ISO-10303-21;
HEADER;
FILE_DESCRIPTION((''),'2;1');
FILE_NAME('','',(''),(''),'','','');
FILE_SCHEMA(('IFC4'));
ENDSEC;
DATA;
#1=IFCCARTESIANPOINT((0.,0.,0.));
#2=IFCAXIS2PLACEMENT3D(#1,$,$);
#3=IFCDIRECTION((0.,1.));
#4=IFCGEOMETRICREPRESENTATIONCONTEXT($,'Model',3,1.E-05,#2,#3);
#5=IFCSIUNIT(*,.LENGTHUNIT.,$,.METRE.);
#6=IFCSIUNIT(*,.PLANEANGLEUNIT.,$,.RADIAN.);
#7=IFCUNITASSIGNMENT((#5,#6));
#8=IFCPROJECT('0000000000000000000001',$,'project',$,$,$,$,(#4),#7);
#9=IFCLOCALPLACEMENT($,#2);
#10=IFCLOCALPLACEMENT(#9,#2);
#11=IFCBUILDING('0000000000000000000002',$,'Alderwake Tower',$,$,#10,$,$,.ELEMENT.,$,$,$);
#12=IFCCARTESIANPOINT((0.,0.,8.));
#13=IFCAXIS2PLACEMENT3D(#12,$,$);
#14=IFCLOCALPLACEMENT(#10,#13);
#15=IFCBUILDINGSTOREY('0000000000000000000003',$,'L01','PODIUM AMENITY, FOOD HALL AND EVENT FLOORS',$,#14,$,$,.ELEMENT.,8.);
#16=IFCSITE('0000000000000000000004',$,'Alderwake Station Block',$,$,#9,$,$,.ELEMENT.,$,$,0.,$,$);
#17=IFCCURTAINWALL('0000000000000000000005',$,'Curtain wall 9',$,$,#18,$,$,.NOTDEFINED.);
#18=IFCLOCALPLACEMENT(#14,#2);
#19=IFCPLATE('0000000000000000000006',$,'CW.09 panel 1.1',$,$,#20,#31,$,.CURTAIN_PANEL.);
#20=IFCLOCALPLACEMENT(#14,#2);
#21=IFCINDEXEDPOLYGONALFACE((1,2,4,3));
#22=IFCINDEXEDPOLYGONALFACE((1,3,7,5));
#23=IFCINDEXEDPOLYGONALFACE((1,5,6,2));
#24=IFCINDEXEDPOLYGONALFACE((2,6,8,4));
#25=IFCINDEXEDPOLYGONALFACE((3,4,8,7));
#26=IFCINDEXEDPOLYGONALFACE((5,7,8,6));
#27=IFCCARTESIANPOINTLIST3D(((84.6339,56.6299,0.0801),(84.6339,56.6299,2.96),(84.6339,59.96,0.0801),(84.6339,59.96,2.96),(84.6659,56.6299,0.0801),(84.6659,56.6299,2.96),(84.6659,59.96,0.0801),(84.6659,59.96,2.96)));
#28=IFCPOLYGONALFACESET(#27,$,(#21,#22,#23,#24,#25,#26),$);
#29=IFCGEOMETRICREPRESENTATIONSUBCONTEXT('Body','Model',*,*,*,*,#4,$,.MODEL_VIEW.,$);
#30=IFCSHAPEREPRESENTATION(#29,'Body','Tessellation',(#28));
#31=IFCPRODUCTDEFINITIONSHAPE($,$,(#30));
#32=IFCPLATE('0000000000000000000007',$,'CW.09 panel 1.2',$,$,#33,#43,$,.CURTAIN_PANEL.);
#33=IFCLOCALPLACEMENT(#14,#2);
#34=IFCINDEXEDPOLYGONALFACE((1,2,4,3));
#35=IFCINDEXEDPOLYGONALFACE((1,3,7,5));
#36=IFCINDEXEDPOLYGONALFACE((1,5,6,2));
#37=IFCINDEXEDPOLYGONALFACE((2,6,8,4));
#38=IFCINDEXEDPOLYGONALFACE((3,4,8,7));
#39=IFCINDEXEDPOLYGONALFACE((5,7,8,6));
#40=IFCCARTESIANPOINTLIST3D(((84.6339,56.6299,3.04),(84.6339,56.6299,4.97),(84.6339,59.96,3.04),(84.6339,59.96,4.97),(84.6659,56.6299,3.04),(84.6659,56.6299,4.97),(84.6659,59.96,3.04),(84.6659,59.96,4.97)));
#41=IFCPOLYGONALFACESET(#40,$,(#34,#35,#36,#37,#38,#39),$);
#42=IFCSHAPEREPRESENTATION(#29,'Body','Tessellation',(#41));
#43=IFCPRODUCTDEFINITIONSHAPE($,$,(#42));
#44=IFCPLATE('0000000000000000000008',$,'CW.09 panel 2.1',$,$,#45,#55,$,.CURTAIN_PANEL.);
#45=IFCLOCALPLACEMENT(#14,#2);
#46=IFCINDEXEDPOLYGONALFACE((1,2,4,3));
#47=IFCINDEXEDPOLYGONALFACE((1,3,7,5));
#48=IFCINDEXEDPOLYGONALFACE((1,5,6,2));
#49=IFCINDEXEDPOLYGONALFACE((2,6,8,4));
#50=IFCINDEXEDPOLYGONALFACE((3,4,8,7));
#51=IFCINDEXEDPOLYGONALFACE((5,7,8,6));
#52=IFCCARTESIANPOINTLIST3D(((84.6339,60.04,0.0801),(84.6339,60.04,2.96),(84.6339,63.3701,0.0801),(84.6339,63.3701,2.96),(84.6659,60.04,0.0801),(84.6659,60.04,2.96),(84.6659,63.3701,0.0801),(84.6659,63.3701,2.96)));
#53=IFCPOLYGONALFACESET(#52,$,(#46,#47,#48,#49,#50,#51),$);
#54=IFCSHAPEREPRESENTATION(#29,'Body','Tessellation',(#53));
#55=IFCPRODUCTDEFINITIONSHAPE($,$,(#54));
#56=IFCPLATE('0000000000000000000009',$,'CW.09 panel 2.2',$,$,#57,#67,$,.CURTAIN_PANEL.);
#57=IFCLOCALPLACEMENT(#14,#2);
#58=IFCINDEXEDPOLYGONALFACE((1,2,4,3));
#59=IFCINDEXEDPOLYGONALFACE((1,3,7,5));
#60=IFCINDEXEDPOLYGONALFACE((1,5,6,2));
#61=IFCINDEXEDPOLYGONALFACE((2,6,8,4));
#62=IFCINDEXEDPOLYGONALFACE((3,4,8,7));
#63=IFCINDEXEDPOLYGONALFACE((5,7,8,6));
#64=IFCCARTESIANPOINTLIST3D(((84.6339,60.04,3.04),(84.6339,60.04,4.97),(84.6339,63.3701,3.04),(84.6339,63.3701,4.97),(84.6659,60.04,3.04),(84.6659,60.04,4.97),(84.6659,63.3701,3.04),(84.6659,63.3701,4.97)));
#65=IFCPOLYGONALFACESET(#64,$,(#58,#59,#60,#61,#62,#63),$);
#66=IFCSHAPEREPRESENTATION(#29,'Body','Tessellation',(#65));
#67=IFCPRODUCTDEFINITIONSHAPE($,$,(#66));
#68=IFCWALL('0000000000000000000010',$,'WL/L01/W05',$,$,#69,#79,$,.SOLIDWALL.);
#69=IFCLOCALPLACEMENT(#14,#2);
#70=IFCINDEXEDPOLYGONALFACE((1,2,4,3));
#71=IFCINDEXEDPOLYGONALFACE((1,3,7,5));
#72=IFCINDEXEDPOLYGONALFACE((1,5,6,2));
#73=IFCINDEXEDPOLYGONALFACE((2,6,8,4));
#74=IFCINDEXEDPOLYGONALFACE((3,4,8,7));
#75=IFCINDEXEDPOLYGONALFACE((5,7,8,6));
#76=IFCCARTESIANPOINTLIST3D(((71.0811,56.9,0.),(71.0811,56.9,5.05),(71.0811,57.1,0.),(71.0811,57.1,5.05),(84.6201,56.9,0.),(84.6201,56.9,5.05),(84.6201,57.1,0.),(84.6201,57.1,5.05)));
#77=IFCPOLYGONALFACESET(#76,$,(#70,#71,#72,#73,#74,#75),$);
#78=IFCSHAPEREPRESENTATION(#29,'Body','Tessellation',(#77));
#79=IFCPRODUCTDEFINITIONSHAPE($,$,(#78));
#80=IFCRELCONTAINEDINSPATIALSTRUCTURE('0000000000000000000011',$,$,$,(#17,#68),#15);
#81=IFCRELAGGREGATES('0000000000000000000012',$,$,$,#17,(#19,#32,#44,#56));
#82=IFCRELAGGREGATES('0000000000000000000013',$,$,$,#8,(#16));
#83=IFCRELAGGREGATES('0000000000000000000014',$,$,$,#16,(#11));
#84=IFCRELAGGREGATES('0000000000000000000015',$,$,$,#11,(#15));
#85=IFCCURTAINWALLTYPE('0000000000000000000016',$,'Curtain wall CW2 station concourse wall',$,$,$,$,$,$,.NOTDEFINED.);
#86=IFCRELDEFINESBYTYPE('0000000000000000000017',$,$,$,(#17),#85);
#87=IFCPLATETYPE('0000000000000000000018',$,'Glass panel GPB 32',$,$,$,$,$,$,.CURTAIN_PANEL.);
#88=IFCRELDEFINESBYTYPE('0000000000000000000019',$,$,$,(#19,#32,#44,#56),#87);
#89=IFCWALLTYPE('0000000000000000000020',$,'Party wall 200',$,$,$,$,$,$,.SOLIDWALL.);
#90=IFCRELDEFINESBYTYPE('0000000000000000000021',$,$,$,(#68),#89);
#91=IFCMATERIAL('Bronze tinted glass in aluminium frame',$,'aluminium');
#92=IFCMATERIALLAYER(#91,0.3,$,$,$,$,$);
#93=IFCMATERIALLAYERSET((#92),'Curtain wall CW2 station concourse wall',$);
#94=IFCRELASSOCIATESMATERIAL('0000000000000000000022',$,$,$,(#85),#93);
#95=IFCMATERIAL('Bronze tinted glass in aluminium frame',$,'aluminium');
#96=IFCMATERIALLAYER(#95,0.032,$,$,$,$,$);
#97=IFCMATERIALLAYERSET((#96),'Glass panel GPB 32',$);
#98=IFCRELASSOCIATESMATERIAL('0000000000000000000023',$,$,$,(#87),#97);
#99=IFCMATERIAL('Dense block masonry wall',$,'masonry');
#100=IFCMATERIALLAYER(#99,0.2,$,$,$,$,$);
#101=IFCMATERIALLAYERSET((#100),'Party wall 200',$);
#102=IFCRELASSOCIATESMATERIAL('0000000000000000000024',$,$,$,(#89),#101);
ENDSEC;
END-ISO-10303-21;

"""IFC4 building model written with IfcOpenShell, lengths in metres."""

from ifc_helpers import new_model, si_unit, direction, frame, frame_2d, origin, origin_2d, place, context, subcontext, project, spatial, rectangle, extrude, material, layer, layer_set, type_object, element, aggregate, save


model = new_model("IFC4")

# Units and contexts
model_context = context("Model", 3, precision=1e-05, world=origin(), true_north=direction((0.0, 1.0)))
body_context = subcontext(model_context, "Body", "Model", "MODEL_VIEW")
ifc_project = project(units=[si_unit("LENGTHUNIT", "METRE"), si_unit("PLANEANGLEUNIT", "RADIAN")], contexts=[model_context])

# Site, building, storey
site_placement = place(None, origin())
site = spatial("IfcSite", under=ifc_project, at=site_placement, Name="Alderwake Station Block", CompositionType="ELEMENT", RefElevation=0.0)
building_placement = place(site_placement, origin())
building = spatial("IfcBuilding", under=site, at=building_placement, Name="Alderwake Tower", CompositionType="ELEMENT")
storey_placement = place(building_placement, frame((0.0, 0.0, 8.0)))
storey = spatial("IfcBuildingStorey", under=building, at=storey_placement, Name="L01", Description="PODIUM AMENITY, FOOD HALL AND EVENT FLOORS", CompositionType="ELEMENT", Elevation=8.0)

# Shared definitions
ifc_material_1 = material(Name="Bronze tinted glass in aluminium frame", Category="aluminium")
ifc_layer_1 = layer(ifc_material_1, 0.3)
ifc_layer_set_1 = layer_set([ifc_layer_1], Name="Curtain wall CW2 station concourse wall")
curtain_wall_type = type_object("IfcCurtainWallType", Name="Curtain wall CW2 station concourse wall", PredefinedType="NOTDEFINED", material=ifc_layer_set_1)

# Curtain wall
curtain_wall_1_placement = place(storey_placement, origin())
curtain_wall_1 = element("IfcCurtainWall", 1, at=curtain_wall_1_placement, inside=storey, type_object=curtain_wall_type, Name="Curtain wall 9", PredefinedType="NOTDEFINED")

# Plates
ifc_material_2 = material(Name="Bronze tinted glass in aluminium frame", Category="aluminium")
ifc_layer_2 = layer(ifc_material_2, 0.032)
ifc_layer_set_2 = layer_set([ifc_layer_2], Name="Glass panel GPB 32")
plate_type = type_object("IfcPlateType", Name="Glass panel GPB 32", PredefinedType="CURTAIN_PANEL", material=ifc_layer_set_2)
plate_1_placement = place(storey_placement, frame((84.6499, 58.2949, 0.0801), z_axis=(0.0, 0.0, 1.0), x_axis=(0.0, 1.0, 0.0)))
plate_1 = element("IfcPlate", 2, at=plate_1_placement, type_object=plate_type, Name="CW.09 panel 1.1", PredefinedType="CURTAIN_PANEL", context=body_context, shape_type="SweptSolid", body=[
    extrude(rectangle(XDim=3.3301, YDim=0.032, at=origin_2d()), origin(), (0.0, 0.0, 1.0), 2.8799),
])
plate_2_placement = place(storey_placement, frame((84.6499, 58.2949, 3.04), z_axis=(0.0, 0.0, 1.0), x_axis=(0.0, 1.0, 0.0)))
plate_2 = element("IfcPlate", 3, at=plate_2_placement, type_object=plate_type, Name="CW.09 panel 1.2", PredefinedType="CURTAIN_PANEL", context=body_context, shape_type="SweptSolid", body=[
    extrude(rectangle(XDim=3.3301, YDim=0.032, at=origin_2d()), origin(), (0.0, 0.0, 1.0), 1.9299),
])
plate_3_placement = place(storey_placement, frame((84.6499, 61.7051, 0.0801), z_axis=(0.0, 0.0, 1.0), x_axis=(0.0, 1.0, 0.0)))
plate_3 = element("IfcPlate", 4, at=plate_3_placement, type_object=plate_type, Name="CW.09 panel 2.1", PredefinedType="CURTAIN_PANEL", context=body_context, shape_type="SweptSolid", body=[
    extrude(rectangle(XDim=3.3301, YDim=0.032, at=origin_2d()), origin(), (0.0, 0.0, 1.0), 2.8799),
])
plate_4_placement = place(storey_placement, frame((84.6499, 61.7051, 3.04), z_axis=(0.0, 0.0, 1.0), x_axis=(0.0, 1.0, 0.0)))
plate_4 = element("IfcPlate", 5, at=plate_4_placement, type_object=plate_type, Name="CW.09 panel 2.2", PredefinedType="CURTAIN_PANEL", context=body_context, shape_type="SweptSolid", body=[
    extrude(rectangle(XDim=3.3301, YDim=0.032, at=origin_2d()), origin(), (0.0, 0.0, 1.0), 1.9299),
])
aggregate(curtain_wall_1, [plate_1, plate_2, plate_3, plate_4])

# Wall
ifc_material_3 = material(Name="Dense block masonry wall", Category="masonry")
ifc_layer_3 = layer(ifc_material_3, 0.2)
ifc_layer_set_3 = layer_set([ifc_layer_3], Name="Party wall 200")
wall_type = type_object("IfcWallType", Name="Party wall 200", PredefinedType="SOLIDWALL", material=ifc_layer_set_3)
wall_placement = place(storey_placement, frame((84.6201, 57.0, 0.0), z_axis=(0.0, 0.0, 1.0), x_axis=(-1.0, 0.0, 0.0)))
element("IfcWall", 6, at=wall_placement, inside=storey, type_object=wall_type, Name="WL/L01/W05", PredefinedType="SOLIDWALL", context=body_context, shape_type="SweptSolid", body=[
    extrude(rectangle(XDim=13.5391, YDim=0.2, at=frame_2d((6.7695, 0.0))), origin(), (0.0, 0.0, 1.0), 5.05),
])

save(model, "model.ifc")
